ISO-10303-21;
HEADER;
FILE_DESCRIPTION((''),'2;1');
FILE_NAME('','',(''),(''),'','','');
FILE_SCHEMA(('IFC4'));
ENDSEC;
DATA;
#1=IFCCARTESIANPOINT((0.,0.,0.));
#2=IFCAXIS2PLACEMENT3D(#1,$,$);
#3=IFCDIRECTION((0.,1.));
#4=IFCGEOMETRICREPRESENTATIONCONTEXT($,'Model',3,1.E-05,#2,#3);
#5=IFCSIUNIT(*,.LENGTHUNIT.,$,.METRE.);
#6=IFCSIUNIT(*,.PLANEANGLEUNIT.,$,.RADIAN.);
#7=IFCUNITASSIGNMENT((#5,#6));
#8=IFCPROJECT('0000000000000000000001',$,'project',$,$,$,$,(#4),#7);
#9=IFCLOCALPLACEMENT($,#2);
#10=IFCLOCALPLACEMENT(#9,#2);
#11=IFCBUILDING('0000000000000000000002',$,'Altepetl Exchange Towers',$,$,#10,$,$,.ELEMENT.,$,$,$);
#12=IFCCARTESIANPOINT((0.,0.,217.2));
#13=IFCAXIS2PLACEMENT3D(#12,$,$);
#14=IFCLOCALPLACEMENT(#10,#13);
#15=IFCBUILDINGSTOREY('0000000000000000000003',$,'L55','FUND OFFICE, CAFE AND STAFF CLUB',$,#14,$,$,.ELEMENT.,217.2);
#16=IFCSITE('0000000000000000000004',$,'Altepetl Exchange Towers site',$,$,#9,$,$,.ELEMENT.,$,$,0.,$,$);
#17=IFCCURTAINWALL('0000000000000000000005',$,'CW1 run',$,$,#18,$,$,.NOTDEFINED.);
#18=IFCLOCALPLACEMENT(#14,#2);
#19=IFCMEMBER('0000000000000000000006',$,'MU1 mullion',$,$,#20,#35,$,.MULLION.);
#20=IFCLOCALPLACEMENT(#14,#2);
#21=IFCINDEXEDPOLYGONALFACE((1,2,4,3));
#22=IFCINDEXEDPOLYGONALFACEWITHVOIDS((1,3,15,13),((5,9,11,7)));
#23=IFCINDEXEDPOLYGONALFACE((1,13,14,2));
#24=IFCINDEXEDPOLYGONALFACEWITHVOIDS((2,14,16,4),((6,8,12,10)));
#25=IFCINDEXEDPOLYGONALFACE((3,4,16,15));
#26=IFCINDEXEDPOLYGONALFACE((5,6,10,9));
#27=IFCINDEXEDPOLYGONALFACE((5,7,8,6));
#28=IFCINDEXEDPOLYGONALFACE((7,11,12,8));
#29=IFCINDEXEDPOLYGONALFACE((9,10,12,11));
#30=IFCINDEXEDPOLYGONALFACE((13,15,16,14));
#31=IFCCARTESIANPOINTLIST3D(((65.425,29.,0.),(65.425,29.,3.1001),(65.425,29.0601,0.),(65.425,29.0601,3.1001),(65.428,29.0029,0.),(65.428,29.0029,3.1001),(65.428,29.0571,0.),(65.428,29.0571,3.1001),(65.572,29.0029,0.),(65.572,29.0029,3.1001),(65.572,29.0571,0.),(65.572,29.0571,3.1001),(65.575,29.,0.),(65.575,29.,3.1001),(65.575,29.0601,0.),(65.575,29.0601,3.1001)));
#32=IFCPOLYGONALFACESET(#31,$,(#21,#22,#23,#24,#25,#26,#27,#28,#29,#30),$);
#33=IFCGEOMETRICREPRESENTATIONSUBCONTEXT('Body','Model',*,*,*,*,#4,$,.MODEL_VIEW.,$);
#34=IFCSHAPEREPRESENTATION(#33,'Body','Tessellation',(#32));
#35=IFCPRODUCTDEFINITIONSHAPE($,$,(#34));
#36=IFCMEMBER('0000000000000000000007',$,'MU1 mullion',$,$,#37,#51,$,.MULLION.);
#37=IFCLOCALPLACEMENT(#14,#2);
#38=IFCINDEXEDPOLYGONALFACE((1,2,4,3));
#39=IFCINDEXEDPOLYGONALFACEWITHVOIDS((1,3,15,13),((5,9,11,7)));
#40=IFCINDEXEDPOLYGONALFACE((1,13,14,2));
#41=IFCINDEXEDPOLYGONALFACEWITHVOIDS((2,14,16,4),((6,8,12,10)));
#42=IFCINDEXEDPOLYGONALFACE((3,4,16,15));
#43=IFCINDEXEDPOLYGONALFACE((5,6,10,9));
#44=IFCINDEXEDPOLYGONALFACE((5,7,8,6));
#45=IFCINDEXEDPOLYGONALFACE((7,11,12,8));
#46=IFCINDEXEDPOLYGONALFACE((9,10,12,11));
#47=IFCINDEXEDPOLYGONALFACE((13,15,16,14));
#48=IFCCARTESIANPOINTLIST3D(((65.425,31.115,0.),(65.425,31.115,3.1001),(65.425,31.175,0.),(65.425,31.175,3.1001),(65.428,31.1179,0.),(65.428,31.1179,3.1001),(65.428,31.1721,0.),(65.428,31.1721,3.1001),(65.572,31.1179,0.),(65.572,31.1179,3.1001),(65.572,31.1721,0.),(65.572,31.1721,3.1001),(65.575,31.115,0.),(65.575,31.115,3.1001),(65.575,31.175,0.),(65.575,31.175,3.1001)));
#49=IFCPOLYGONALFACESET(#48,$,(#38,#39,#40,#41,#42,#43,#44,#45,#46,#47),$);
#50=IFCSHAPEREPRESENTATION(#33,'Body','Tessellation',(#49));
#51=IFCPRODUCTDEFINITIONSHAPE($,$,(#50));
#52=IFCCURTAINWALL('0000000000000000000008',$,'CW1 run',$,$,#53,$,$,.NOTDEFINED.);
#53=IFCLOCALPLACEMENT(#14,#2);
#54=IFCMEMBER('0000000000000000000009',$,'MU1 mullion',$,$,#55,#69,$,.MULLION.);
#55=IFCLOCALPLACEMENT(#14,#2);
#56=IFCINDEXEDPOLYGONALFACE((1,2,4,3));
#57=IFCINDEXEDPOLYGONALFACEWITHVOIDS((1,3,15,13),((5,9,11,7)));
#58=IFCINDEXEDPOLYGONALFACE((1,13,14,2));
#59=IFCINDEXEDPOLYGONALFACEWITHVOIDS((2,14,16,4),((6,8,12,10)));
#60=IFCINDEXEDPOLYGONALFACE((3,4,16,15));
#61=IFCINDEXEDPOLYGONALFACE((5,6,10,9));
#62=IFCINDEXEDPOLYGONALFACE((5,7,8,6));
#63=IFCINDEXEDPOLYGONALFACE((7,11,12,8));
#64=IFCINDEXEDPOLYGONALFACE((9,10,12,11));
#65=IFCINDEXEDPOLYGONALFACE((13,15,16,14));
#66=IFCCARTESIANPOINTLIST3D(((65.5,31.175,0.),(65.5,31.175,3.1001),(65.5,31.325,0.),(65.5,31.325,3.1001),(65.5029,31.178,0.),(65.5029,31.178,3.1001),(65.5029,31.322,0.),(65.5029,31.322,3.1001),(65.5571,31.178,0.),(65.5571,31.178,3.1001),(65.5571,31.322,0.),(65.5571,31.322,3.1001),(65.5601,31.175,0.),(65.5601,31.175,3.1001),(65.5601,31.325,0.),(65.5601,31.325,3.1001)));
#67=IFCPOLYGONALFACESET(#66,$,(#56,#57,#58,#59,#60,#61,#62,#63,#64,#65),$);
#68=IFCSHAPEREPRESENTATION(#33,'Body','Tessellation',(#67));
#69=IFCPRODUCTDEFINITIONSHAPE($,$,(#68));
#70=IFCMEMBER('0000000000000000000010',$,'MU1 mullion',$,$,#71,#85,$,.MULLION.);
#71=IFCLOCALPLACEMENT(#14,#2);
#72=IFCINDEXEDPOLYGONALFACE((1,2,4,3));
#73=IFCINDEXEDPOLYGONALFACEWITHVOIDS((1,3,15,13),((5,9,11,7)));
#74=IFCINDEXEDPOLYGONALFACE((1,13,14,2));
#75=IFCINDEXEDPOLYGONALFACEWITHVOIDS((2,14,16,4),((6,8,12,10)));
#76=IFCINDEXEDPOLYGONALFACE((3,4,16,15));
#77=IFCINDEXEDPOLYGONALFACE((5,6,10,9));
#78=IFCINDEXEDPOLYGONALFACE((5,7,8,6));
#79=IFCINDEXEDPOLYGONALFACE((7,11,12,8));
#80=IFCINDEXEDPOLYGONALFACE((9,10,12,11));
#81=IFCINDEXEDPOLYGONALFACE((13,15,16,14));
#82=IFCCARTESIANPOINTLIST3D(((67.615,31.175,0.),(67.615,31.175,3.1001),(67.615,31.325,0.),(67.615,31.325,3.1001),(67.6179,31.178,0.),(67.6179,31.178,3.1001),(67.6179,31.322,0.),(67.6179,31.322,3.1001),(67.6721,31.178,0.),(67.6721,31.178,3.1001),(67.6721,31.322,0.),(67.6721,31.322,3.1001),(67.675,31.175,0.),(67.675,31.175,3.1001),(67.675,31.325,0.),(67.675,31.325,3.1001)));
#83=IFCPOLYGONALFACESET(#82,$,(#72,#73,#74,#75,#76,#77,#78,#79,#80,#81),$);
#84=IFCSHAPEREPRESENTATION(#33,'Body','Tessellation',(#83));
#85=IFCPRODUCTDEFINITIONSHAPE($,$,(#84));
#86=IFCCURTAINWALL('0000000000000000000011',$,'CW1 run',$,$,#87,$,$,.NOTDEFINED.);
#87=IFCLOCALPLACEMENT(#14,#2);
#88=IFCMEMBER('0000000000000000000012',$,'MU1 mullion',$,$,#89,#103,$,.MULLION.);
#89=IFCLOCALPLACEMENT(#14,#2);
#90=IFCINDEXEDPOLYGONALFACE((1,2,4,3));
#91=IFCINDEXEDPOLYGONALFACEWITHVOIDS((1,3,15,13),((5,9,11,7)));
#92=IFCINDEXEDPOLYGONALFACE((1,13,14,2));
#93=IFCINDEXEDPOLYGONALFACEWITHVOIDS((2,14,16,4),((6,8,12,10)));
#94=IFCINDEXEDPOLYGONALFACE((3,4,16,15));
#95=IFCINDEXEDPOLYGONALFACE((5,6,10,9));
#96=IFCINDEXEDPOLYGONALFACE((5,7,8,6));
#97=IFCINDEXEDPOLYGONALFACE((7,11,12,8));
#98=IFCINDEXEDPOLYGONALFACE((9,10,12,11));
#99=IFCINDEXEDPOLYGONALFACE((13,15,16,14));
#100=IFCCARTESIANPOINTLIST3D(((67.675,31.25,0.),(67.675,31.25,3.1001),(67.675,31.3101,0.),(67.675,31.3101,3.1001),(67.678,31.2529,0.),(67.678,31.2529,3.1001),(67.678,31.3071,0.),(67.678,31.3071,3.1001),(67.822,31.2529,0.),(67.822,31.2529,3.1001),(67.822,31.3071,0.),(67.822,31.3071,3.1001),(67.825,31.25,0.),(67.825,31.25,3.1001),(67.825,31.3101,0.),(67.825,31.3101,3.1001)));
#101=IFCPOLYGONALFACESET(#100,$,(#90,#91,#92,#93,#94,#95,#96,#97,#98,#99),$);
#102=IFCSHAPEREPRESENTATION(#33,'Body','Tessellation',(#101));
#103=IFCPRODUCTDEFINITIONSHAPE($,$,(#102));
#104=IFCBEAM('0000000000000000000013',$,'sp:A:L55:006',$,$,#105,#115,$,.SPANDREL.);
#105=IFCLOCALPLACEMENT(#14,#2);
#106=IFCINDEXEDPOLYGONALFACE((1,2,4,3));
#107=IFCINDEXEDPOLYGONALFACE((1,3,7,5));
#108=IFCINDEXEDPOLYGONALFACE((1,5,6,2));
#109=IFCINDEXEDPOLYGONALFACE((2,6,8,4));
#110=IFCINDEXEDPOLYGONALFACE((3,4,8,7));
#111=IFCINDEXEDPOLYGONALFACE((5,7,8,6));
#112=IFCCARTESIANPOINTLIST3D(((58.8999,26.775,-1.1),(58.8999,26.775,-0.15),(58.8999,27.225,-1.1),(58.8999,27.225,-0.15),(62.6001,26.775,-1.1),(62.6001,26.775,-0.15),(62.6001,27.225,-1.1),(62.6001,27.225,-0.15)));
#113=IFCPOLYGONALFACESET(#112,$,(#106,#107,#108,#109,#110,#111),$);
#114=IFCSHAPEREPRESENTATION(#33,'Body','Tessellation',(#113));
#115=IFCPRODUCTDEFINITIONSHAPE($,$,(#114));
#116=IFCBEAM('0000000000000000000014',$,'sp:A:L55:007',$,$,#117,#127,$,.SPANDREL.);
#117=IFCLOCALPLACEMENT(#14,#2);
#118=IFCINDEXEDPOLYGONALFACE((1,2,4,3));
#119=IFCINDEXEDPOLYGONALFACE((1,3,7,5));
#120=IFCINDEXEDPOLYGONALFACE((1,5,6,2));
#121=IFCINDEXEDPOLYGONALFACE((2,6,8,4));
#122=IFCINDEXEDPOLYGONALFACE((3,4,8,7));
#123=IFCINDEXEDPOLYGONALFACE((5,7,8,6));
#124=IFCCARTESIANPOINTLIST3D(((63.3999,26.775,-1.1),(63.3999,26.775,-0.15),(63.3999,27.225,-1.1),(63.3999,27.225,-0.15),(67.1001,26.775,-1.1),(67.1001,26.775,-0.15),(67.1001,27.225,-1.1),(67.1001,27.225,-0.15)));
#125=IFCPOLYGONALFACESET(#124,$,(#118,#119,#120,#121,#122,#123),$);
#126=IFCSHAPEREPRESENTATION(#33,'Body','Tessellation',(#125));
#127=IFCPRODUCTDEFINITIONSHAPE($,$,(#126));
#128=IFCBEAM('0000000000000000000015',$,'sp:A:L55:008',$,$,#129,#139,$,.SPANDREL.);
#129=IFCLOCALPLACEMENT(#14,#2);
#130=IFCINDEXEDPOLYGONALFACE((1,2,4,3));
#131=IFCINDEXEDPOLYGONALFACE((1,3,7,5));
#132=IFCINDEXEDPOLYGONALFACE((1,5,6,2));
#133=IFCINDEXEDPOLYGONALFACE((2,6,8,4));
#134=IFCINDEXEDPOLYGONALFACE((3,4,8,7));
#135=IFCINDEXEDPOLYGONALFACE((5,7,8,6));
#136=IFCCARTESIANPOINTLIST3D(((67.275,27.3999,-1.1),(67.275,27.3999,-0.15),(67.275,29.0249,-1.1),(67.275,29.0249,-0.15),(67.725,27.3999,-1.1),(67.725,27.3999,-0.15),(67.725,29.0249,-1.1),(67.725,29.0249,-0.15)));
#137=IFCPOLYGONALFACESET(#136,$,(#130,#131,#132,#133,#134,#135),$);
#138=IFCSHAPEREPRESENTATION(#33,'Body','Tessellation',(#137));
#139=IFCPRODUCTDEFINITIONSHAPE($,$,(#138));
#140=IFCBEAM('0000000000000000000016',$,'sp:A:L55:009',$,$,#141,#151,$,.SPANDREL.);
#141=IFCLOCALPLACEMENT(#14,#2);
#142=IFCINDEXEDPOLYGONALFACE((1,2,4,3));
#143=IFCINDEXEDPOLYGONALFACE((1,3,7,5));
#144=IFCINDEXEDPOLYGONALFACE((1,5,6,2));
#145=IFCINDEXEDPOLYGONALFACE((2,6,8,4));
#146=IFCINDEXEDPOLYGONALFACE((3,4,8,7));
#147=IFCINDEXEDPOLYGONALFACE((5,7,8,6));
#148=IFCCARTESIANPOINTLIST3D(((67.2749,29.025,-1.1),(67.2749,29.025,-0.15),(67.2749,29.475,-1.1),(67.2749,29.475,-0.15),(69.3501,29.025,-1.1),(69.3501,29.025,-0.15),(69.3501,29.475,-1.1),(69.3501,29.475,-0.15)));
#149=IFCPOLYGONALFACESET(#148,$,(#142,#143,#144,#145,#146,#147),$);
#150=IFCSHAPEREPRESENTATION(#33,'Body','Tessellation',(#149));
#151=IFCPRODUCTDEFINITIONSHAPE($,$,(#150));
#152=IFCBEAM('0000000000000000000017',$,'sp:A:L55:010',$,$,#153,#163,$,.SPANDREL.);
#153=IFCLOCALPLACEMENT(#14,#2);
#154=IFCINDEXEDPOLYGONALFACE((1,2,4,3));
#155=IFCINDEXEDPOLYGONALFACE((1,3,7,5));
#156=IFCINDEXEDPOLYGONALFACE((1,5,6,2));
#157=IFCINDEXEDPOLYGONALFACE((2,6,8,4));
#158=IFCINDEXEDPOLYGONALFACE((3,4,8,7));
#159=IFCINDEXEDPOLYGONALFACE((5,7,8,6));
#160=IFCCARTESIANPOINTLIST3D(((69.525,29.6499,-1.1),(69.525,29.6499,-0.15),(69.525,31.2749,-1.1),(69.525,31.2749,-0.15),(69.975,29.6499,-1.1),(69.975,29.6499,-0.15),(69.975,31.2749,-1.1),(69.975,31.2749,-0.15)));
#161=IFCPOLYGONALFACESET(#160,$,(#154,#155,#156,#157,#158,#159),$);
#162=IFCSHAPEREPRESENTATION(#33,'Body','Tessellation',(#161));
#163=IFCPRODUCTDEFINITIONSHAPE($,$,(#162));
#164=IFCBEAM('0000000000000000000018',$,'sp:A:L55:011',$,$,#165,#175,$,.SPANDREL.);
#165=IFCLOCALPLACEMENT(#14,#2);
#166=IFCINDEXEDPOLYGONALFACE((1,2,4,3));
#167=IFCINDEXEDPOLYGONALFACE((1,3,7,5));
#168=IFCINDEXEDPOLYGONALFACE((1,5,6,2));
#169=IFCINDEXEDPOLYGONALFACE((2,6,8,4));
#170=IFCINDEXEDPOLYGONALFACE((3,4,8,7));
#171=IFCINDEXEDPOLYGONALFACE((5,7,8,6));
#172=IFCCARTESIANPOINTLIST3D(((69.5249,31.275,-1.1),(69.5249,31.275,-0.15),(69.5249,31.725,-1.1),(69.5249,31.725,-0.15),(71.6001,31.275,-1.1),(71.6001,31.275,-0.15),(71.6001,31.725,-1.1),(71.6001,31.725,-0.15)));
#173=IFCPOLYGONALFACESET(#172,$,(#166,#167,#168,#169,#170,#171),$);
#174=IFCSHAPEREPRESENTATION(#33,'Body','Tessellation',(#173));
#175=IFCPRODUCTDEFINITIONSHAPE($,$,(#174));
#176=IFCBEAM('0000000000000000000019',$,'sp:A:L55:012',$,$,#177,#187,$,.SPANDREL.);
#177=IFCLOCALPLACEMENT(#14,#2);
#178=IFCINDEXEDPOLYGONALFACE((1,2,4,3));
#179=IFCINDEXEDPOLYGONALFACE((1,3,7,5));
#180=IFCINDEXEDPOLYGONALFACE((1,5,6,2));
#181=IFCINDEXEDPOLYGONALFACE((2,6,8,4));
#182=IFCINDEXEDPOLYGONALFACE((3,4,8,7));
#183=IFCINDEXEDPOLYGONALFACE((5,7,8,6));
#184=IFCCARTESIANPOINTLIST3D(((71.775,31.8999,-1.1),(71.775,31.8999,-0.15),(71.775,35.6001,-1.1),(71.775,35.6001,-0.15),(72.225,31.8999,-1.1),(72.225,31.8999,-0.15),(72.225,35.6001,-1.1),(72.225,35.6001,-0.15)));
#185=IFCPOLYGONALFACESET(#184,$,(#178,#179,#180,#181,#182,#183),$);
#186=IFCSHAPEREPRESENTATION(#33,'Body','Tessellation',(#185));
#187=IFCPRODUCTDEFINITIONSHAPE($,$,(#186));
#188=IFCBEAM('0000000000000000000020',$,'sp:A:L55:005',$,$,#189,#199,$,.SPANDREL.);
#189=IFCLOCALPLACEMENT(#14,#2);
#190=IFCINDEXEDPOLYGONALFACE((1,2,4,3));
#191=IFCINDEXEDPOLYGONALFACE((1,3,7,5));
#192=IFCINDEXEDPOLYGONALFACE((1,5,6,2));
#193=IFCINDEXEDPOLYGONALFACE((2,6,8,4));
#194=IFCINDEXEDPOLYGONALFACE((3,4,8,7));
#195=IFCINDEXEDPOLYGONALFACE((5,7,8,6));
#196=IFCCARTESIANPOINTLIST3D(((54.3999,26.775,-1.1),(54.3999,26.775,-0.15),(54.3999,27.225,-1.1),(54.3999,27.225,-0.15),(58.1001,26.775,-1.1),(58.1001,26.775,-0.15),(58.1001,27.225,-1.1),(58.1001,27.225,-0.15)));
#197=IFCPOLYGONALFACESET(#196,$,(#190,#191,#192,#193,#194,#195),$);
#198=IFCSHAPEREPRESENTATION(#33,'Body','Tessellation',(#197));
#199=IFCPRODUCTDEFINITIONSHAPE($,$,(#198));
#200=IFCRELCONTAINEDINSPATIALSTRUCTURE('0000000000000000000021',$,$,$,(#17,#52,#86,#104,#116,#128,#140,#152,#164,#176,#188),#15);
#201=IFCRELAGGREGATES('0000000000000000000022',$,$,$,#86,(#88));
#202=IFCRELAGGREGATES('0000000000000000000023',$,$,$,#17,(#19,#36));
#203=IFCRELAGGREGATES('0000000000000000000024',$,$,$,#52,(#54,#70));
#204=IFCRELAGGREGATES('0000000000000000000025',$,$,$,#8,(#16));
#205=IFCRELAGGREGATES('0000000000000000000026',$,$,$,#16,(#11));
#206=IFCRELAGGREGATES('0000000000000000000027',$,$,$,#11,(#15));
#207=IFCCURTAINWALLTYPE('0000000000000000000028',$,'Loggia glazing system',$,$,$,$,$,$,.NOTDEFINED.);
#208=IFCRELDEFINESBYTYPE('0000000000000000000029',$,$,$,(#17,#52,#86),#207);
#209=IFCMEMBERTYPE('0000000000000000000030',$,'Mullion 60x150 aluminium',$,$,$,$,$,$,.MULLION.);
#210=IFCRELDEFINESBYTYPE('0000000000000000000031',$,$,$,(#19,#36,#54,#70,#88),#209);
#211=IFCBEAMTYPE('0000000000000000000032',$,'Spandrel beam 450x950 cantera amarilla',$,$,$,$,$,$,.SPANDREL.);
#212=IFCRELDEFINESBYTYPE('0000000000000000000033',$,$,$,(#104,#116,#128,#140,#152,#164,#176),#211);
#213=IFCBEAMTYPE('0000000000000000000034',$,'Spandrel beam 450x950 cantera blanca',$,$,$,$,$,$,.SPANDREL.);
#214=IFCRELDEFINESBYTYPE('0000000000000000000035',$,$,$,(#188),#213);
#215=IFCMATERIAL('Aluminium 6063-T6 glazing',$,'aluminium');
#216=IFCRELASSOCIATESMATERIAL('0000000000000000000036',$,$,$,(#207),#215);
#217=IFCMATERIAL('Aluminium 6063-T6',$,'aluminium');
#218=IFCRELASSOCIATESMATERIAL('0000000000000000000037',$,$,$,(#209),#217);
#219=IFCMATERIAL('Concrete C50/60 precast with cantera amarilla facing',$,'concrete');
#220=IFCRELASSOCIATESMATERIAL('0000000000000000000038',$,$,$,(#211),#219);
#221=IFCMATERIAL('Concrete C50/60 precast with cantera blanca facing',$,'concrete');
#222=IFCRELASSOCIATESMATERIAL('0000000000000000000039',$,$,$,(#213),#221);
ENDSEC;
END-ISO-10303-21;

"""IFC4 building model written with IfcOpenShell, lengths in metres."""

from ifc_helpers import new_model, si_unit, direction, frame, origin, origin_2d, place, context, subcontext, project, spatial, rectangle, hollow_rectangle, extrude, material, material_profile, profile_set, type_object, element, aggregate, save


model = new_model("IFC4")

# Units and contexts
model_context = context("Model", 3, precision=1e-05, world=origin(), true_north=direction((0.0, 1.0)))
body_context = subcontext(model_context, "Body", "Model", "MODEL_VIEW")
ifc_project = project(units=[si_unit("LENGTHUNIT", "METRE"), si_unit("PLANEANGLEUNIT", "RADIAN")], contexts=[model_context])

# Site, building, storey
site_placement = place(None, origin())
site = spatial("IfcSite", under=ifc_project, at=site_placement, Name="Altepetl Exchange Towers site", CompositionType="ELEMENT", RefElevation=0.0)
building_placement = place(site_placement, origin())
building = spatial("IfcBuilding", under=site, at=building_placement, Name="Altepetl Exchange Towers", CompositionType="ELEMENT")
storey_placement = place(building_placement, frame((0.0, 0.0, 217.2)))
storey = spatial("IfcBuildingStorey", under=building, at=storey_placement, Name="L55", Description="FUND OFFICE, CAFE AND STAFF CLUB", CompositionType="ELEMENT", Elevation=217.2)

# Curtain walls, members
ifc_material_1 = material(Name="Aluminium 6063-T6 glazing", Category="aluminium")
curtain_wall_type = type_object("IfcCurtainWallType", Name="Loggia glazing system", PredefinedType="NOTDEFINED", material=ifc_material_1)
ifc_material_2 = material(Name="Aluminium 6063-T6", Category="aluminium")
ifc_material_profile_1 = material_profile(ifc_material_2, hollow_rectangle(XDim=0.0601, YDim=0.1499, WallThickness=0.0029, at=origin_2d()), Name="Mullion 60x150 aluminium")
ifc_profile_set_1 = profile_set([ifc_material_profile_1], Name="Aluminium 6063-T6")
member_type = type_object("IfcMemberType", Name="Mullion 60x150 aluminium", PredefinedType="MULLION", material=ifc_profile_set_1)
curtain_wall_1_placement = place(storey_placement, origin())
curtain_wall_1 = element("IfcCurtainWall", 1, at=curtain_wall_1_placement, inside=storey, type_object=curtain_wall_type, Name="CW1 run", PredefinedType="NOTDEFINED")
member_1_placement = place(storey_placement, frame((65.5, 29.03, 0.0), z_axis=(0.0, 0.0, 1.0), x_axis=(0.0, 1.0, 0.0)))
member_1 = element("IfcMember", 2, at=member_1_placement, type_object=member_type, Name="MU1 mullion", PredefinedType="MULLION", context=body_context, shape_type="SweptSolid", body=[
    extrude(hollow_rectangle(XDim=0.0601, YDim=0.1499, WallThickness=0.0029, at=origin_2d()), origin(), (0.0, 0.0, 1.0), 3.1001),
])
member_2_placement = place(storey_placement, frame((65.5, 31.145, 0.0), z_axis=(0.0, 0.0, 1.0), x_axis=(0.0, 1.0, 0.0)))
member_2 = element("IfcMember", 3, at=member_2_placement, type_object=member_type, Name="MU1 mullion", PredefinedType="MULLION", context=body_context, shape_type="SweptSolid", body=[
    extrude(hollow_rectangle(XDim=0.0601, YDim=0.1499, WallThickness=0.0029, at=origin_2d()), origin(), (0.0, 0.0, 1.0), 3.1001),
])
curtain_wall_2_placement = place(storey_placement, origin())
curtain_wall_2 = element("IfcCurtainWall", 4, at=curtain_wall_2_placement, inside=storey, type_object=curtain_wall_type, Name="CW1 run", PredefinedType="NOTDEFINED")
member_3_placement = place(storey_placement, frame((65.53, 31.25, 0.0)))
member_3 = element("IfcMember", 5, at=member_3_placement, type_object=member_type, Name="MU1 mullion", PredefinedType="MULLION", context=body_context, shape_type="SweptSolid", body=[
    extrude(hollow_rectangle(XDim=0.0601, YDim=0.1499, WallThickness=0.0029, at=origin_2d()), origin(), (0.0, 0.0, 1.0), 3.1001),
])
member_4_placement = place(storey_placement, frame((67.645, 31.25, 0.0)))
member_4 = element("IfcMember", 6, at=member_4_placement, type_object=member_type, Name="MU1 mullion", PredefinedType="MULLION", context=body_context, shape_type="SweptSolid", body=[
    extrude(hollow_rectangle(XDim=0.0601, YDim=0.1499, WallThickness=0.0029, at=origin_2d()), origin(), (0.0, 0.0, 1.0), 3.1001),
])

# Curtain wall, member
curtain_wall_3_placement = place(storey_placement, origin())
curtain_wall_3 = element("IfcCurtainWall", 7, at=curtain_wall_3_placement, inside=storey, type_object=curtain_wall_type, Name="CW1 run", PredefinedType="NOTDEFINED")
member_5_placement = place(storey_placement, frame((67.75, 31.28, 0.0), z_axis=(0.0, 0.0, 1.0), x_axis=(0.0, 1.0, 0.0)))
member_5 = element("IfcMember", 8, at=member_5_placement, type_object=member_type, Name="MU1 mullion", PredefinedType="MULLION", context=body_context, shape_type="SweptSolid", body=[
    extrude(hollow_rectangle(XDim=0.0601, YDim=0.1499, WallThickness=0.0029, at=origin_2d()), origin(), (0.0, 0.0, 1.0), 3.1001),
])
aggregate(curtain_wall_3, [member_5])

# Beams
ifc_material_3 = material(Name="Concrete C50/60 precast with cantera amarilla facing", Category="concrete")
ifc_material_profile_2 = material_profile(ifc_material_3, rectangle(XDim=0.45, YDim=0.95, at=origin_2d()), Name="450 x 950")
ifc_profile_set_2 = profile_set([ifc_material_profile_2], Name="Concrete C50/60 precast with cantera amarilla facing")
beam_type_1 = type_object("IfcBeamType", Name="Spandrel beam 450x950 cantera amarilla", PredefinedType="SPANDREL", material=ifc_profile_set_2)
for number, where, z_axis, x_axis, name in (
    (9, (58.8999, 27.0, -0.625), (1.0, 0.0, 0.0), (0.0, 1.0, 0.0), "sp:A:L55:006"),
    (10, (63.3999, 27.0, -0.625), (1.0, 0.0, 0.0), (0.0, 1.0, 0.0), "sp:A:L55:007"),
):
    element("IfcBeam", number, at=place(storey_placement, frame(where, z_axis=z_axis, x_axis=x_axis)), inside=storey, type_object=beam_type_1, Name=name, PredefinedType="SPANDREL", context=body_context, shape_type="SweptSolid", body=[
        extrude(rectangle(XDim=0.45, YDim=0.95, at=origin_2d()), origin(), (0.0, 0.0, 1.0), 3.7002),
    ])
beam_1_placement = place(storey_placement, frame((67.5, 27.3999, -0.625), z_axis=(0.0, 1.0, 0.0), x_axis=(-1.0, 0.0, 0.0)))
element("IfcBeam", 11, at=beam_1_placement, inside=storey, type_object=beam_type_1, Name="sp:A:L55:008", PredefinedType="SPANDREL", context=body_context, shape_type="SweptSolid", body=[
    extrude(rectangle(XDim=0.45, YDim=0.95, at=origin_2d()), origin(), (0.0, 0.0, 1.0), 1.625),
])
beam_2_placement = place(storey_placement, frame((67.2749, 29.25, -0.625), z_axis=(1.0, 0.0, 0.0), x_axis=(0.0, 1.0, 0.0)))
element("IfcBeam", 12, at=beam_2_placement, inside=storey, type_object=beam_type_1, Name="sp:A:L55:009", PredefinedType="SPANDREL", context=body_context, shape_type="SweptSolid", body=[
    extrude(rectangle(XDim=0.45, YDim=0.95, at=origin_2d()), origin(), (0.0, 0.0, 1.0), 2.0752),
])
beam_3_placement = place(storey_placement, frame((69.75, 29.6499, -0.625), z_axis=(0.0, 1.0, 0.0), x_axis=(-1.0, 0.0, 0.0)))
element("IfcBeam", 13, at=beam_3_placement, inside=storey, type_object=beam_type_1, Name="sp:A:L55:010", PredefinedType="SPANDREL", context=body_context, shape_type="SweptSolid", body=[
    extrude(rectangle(XDim=0.45, YDim=0.95, at=origin_2d()), origin(), (0.0, 0.0, 1.0), 1.625),
])
beam_4_placement = place(storey_placement, frame((69.5249, 31.5, -0.625), z_axis=(1.0, 0.0, 0.0), x_axis=(0.0, 1.0, 0.0)))
element("IfcBeam", 14, at=beam_4_placement, inside=storey, type_object=beam_type_1, Name="sp:A:L55:011", PredefinedType="SPANDREL", context=body_context, shape_type="SweptSolid", body=[
    extrude(rectangle(XDim=0.45, YDim=0.95, at=origin_2d()), origin(), (0.0, 0.0, 1.0), 2.0752),
])
beam_5_placement = place(storey_placement, frame((72.0, 31.8999, -0.625), z_axis=(0.0, 1.0, 0.0), x_axis=(-1.0, 0.0, 0.0)))
element("IfcBeam", 15, at=beam_5_placement, inside=storey, type_object=beam_type_1, Name="sp:A:L55:012", PredefinedType="SPANDREL", context=body_context, shape_type="SweptSolid", body=[
    extrude(rectangle(XDim=0.45, YDim=0.95, at=origin_2d()), origin(), (0.0, 0.0, 1.0), 3.7002),
])
ifc_material_4 = material(Name="Concrete C50/60 precast with cantera blanca facing", Category="concrete")
ifc_material_profile_3 = material_profile(ifc_material_4, rectangle(XDim=0.45, YDim=0.95, at=origin_2d()), Name="450 x 950")
ifc_profile_set_3 = profile_set([ifc_material_profile_3], Name="Concrete C50/60 precast with cantera blanca facing")
beam_type_2 = type_object("IfcBeamType", Name="Spandrel beam 450x950 cantera blanca", PredefinedType="SPANDREL", material=ifc_profile_set_3)
beam_6_placement = place(storey_placement, frame((54.3999, 27.0, -0.625), z_axis=(1.0, 0.0, 0.0), x_axis=(0.0, 1.0, 0.0)))
element("IfcBeam", 16, at=beam_6_placement, inside=storey, type_object=beam_type_2, Name="sp:A:L55:005", PredefinedType="SPANDREL", context=body_context, shape_type="SweptSolid", body=[
    extrude(rectangle(XDim=0.45, YDim=0.95, at=origin_2d()), origin(), (0.0, 0.0, 1.0), 3.7002),
])

aggregate(curtain_wall_1, [member_1, member_2])
aggregate(curtain_wall_2, [member_3, member_4])

save(model, "model.ifc")
